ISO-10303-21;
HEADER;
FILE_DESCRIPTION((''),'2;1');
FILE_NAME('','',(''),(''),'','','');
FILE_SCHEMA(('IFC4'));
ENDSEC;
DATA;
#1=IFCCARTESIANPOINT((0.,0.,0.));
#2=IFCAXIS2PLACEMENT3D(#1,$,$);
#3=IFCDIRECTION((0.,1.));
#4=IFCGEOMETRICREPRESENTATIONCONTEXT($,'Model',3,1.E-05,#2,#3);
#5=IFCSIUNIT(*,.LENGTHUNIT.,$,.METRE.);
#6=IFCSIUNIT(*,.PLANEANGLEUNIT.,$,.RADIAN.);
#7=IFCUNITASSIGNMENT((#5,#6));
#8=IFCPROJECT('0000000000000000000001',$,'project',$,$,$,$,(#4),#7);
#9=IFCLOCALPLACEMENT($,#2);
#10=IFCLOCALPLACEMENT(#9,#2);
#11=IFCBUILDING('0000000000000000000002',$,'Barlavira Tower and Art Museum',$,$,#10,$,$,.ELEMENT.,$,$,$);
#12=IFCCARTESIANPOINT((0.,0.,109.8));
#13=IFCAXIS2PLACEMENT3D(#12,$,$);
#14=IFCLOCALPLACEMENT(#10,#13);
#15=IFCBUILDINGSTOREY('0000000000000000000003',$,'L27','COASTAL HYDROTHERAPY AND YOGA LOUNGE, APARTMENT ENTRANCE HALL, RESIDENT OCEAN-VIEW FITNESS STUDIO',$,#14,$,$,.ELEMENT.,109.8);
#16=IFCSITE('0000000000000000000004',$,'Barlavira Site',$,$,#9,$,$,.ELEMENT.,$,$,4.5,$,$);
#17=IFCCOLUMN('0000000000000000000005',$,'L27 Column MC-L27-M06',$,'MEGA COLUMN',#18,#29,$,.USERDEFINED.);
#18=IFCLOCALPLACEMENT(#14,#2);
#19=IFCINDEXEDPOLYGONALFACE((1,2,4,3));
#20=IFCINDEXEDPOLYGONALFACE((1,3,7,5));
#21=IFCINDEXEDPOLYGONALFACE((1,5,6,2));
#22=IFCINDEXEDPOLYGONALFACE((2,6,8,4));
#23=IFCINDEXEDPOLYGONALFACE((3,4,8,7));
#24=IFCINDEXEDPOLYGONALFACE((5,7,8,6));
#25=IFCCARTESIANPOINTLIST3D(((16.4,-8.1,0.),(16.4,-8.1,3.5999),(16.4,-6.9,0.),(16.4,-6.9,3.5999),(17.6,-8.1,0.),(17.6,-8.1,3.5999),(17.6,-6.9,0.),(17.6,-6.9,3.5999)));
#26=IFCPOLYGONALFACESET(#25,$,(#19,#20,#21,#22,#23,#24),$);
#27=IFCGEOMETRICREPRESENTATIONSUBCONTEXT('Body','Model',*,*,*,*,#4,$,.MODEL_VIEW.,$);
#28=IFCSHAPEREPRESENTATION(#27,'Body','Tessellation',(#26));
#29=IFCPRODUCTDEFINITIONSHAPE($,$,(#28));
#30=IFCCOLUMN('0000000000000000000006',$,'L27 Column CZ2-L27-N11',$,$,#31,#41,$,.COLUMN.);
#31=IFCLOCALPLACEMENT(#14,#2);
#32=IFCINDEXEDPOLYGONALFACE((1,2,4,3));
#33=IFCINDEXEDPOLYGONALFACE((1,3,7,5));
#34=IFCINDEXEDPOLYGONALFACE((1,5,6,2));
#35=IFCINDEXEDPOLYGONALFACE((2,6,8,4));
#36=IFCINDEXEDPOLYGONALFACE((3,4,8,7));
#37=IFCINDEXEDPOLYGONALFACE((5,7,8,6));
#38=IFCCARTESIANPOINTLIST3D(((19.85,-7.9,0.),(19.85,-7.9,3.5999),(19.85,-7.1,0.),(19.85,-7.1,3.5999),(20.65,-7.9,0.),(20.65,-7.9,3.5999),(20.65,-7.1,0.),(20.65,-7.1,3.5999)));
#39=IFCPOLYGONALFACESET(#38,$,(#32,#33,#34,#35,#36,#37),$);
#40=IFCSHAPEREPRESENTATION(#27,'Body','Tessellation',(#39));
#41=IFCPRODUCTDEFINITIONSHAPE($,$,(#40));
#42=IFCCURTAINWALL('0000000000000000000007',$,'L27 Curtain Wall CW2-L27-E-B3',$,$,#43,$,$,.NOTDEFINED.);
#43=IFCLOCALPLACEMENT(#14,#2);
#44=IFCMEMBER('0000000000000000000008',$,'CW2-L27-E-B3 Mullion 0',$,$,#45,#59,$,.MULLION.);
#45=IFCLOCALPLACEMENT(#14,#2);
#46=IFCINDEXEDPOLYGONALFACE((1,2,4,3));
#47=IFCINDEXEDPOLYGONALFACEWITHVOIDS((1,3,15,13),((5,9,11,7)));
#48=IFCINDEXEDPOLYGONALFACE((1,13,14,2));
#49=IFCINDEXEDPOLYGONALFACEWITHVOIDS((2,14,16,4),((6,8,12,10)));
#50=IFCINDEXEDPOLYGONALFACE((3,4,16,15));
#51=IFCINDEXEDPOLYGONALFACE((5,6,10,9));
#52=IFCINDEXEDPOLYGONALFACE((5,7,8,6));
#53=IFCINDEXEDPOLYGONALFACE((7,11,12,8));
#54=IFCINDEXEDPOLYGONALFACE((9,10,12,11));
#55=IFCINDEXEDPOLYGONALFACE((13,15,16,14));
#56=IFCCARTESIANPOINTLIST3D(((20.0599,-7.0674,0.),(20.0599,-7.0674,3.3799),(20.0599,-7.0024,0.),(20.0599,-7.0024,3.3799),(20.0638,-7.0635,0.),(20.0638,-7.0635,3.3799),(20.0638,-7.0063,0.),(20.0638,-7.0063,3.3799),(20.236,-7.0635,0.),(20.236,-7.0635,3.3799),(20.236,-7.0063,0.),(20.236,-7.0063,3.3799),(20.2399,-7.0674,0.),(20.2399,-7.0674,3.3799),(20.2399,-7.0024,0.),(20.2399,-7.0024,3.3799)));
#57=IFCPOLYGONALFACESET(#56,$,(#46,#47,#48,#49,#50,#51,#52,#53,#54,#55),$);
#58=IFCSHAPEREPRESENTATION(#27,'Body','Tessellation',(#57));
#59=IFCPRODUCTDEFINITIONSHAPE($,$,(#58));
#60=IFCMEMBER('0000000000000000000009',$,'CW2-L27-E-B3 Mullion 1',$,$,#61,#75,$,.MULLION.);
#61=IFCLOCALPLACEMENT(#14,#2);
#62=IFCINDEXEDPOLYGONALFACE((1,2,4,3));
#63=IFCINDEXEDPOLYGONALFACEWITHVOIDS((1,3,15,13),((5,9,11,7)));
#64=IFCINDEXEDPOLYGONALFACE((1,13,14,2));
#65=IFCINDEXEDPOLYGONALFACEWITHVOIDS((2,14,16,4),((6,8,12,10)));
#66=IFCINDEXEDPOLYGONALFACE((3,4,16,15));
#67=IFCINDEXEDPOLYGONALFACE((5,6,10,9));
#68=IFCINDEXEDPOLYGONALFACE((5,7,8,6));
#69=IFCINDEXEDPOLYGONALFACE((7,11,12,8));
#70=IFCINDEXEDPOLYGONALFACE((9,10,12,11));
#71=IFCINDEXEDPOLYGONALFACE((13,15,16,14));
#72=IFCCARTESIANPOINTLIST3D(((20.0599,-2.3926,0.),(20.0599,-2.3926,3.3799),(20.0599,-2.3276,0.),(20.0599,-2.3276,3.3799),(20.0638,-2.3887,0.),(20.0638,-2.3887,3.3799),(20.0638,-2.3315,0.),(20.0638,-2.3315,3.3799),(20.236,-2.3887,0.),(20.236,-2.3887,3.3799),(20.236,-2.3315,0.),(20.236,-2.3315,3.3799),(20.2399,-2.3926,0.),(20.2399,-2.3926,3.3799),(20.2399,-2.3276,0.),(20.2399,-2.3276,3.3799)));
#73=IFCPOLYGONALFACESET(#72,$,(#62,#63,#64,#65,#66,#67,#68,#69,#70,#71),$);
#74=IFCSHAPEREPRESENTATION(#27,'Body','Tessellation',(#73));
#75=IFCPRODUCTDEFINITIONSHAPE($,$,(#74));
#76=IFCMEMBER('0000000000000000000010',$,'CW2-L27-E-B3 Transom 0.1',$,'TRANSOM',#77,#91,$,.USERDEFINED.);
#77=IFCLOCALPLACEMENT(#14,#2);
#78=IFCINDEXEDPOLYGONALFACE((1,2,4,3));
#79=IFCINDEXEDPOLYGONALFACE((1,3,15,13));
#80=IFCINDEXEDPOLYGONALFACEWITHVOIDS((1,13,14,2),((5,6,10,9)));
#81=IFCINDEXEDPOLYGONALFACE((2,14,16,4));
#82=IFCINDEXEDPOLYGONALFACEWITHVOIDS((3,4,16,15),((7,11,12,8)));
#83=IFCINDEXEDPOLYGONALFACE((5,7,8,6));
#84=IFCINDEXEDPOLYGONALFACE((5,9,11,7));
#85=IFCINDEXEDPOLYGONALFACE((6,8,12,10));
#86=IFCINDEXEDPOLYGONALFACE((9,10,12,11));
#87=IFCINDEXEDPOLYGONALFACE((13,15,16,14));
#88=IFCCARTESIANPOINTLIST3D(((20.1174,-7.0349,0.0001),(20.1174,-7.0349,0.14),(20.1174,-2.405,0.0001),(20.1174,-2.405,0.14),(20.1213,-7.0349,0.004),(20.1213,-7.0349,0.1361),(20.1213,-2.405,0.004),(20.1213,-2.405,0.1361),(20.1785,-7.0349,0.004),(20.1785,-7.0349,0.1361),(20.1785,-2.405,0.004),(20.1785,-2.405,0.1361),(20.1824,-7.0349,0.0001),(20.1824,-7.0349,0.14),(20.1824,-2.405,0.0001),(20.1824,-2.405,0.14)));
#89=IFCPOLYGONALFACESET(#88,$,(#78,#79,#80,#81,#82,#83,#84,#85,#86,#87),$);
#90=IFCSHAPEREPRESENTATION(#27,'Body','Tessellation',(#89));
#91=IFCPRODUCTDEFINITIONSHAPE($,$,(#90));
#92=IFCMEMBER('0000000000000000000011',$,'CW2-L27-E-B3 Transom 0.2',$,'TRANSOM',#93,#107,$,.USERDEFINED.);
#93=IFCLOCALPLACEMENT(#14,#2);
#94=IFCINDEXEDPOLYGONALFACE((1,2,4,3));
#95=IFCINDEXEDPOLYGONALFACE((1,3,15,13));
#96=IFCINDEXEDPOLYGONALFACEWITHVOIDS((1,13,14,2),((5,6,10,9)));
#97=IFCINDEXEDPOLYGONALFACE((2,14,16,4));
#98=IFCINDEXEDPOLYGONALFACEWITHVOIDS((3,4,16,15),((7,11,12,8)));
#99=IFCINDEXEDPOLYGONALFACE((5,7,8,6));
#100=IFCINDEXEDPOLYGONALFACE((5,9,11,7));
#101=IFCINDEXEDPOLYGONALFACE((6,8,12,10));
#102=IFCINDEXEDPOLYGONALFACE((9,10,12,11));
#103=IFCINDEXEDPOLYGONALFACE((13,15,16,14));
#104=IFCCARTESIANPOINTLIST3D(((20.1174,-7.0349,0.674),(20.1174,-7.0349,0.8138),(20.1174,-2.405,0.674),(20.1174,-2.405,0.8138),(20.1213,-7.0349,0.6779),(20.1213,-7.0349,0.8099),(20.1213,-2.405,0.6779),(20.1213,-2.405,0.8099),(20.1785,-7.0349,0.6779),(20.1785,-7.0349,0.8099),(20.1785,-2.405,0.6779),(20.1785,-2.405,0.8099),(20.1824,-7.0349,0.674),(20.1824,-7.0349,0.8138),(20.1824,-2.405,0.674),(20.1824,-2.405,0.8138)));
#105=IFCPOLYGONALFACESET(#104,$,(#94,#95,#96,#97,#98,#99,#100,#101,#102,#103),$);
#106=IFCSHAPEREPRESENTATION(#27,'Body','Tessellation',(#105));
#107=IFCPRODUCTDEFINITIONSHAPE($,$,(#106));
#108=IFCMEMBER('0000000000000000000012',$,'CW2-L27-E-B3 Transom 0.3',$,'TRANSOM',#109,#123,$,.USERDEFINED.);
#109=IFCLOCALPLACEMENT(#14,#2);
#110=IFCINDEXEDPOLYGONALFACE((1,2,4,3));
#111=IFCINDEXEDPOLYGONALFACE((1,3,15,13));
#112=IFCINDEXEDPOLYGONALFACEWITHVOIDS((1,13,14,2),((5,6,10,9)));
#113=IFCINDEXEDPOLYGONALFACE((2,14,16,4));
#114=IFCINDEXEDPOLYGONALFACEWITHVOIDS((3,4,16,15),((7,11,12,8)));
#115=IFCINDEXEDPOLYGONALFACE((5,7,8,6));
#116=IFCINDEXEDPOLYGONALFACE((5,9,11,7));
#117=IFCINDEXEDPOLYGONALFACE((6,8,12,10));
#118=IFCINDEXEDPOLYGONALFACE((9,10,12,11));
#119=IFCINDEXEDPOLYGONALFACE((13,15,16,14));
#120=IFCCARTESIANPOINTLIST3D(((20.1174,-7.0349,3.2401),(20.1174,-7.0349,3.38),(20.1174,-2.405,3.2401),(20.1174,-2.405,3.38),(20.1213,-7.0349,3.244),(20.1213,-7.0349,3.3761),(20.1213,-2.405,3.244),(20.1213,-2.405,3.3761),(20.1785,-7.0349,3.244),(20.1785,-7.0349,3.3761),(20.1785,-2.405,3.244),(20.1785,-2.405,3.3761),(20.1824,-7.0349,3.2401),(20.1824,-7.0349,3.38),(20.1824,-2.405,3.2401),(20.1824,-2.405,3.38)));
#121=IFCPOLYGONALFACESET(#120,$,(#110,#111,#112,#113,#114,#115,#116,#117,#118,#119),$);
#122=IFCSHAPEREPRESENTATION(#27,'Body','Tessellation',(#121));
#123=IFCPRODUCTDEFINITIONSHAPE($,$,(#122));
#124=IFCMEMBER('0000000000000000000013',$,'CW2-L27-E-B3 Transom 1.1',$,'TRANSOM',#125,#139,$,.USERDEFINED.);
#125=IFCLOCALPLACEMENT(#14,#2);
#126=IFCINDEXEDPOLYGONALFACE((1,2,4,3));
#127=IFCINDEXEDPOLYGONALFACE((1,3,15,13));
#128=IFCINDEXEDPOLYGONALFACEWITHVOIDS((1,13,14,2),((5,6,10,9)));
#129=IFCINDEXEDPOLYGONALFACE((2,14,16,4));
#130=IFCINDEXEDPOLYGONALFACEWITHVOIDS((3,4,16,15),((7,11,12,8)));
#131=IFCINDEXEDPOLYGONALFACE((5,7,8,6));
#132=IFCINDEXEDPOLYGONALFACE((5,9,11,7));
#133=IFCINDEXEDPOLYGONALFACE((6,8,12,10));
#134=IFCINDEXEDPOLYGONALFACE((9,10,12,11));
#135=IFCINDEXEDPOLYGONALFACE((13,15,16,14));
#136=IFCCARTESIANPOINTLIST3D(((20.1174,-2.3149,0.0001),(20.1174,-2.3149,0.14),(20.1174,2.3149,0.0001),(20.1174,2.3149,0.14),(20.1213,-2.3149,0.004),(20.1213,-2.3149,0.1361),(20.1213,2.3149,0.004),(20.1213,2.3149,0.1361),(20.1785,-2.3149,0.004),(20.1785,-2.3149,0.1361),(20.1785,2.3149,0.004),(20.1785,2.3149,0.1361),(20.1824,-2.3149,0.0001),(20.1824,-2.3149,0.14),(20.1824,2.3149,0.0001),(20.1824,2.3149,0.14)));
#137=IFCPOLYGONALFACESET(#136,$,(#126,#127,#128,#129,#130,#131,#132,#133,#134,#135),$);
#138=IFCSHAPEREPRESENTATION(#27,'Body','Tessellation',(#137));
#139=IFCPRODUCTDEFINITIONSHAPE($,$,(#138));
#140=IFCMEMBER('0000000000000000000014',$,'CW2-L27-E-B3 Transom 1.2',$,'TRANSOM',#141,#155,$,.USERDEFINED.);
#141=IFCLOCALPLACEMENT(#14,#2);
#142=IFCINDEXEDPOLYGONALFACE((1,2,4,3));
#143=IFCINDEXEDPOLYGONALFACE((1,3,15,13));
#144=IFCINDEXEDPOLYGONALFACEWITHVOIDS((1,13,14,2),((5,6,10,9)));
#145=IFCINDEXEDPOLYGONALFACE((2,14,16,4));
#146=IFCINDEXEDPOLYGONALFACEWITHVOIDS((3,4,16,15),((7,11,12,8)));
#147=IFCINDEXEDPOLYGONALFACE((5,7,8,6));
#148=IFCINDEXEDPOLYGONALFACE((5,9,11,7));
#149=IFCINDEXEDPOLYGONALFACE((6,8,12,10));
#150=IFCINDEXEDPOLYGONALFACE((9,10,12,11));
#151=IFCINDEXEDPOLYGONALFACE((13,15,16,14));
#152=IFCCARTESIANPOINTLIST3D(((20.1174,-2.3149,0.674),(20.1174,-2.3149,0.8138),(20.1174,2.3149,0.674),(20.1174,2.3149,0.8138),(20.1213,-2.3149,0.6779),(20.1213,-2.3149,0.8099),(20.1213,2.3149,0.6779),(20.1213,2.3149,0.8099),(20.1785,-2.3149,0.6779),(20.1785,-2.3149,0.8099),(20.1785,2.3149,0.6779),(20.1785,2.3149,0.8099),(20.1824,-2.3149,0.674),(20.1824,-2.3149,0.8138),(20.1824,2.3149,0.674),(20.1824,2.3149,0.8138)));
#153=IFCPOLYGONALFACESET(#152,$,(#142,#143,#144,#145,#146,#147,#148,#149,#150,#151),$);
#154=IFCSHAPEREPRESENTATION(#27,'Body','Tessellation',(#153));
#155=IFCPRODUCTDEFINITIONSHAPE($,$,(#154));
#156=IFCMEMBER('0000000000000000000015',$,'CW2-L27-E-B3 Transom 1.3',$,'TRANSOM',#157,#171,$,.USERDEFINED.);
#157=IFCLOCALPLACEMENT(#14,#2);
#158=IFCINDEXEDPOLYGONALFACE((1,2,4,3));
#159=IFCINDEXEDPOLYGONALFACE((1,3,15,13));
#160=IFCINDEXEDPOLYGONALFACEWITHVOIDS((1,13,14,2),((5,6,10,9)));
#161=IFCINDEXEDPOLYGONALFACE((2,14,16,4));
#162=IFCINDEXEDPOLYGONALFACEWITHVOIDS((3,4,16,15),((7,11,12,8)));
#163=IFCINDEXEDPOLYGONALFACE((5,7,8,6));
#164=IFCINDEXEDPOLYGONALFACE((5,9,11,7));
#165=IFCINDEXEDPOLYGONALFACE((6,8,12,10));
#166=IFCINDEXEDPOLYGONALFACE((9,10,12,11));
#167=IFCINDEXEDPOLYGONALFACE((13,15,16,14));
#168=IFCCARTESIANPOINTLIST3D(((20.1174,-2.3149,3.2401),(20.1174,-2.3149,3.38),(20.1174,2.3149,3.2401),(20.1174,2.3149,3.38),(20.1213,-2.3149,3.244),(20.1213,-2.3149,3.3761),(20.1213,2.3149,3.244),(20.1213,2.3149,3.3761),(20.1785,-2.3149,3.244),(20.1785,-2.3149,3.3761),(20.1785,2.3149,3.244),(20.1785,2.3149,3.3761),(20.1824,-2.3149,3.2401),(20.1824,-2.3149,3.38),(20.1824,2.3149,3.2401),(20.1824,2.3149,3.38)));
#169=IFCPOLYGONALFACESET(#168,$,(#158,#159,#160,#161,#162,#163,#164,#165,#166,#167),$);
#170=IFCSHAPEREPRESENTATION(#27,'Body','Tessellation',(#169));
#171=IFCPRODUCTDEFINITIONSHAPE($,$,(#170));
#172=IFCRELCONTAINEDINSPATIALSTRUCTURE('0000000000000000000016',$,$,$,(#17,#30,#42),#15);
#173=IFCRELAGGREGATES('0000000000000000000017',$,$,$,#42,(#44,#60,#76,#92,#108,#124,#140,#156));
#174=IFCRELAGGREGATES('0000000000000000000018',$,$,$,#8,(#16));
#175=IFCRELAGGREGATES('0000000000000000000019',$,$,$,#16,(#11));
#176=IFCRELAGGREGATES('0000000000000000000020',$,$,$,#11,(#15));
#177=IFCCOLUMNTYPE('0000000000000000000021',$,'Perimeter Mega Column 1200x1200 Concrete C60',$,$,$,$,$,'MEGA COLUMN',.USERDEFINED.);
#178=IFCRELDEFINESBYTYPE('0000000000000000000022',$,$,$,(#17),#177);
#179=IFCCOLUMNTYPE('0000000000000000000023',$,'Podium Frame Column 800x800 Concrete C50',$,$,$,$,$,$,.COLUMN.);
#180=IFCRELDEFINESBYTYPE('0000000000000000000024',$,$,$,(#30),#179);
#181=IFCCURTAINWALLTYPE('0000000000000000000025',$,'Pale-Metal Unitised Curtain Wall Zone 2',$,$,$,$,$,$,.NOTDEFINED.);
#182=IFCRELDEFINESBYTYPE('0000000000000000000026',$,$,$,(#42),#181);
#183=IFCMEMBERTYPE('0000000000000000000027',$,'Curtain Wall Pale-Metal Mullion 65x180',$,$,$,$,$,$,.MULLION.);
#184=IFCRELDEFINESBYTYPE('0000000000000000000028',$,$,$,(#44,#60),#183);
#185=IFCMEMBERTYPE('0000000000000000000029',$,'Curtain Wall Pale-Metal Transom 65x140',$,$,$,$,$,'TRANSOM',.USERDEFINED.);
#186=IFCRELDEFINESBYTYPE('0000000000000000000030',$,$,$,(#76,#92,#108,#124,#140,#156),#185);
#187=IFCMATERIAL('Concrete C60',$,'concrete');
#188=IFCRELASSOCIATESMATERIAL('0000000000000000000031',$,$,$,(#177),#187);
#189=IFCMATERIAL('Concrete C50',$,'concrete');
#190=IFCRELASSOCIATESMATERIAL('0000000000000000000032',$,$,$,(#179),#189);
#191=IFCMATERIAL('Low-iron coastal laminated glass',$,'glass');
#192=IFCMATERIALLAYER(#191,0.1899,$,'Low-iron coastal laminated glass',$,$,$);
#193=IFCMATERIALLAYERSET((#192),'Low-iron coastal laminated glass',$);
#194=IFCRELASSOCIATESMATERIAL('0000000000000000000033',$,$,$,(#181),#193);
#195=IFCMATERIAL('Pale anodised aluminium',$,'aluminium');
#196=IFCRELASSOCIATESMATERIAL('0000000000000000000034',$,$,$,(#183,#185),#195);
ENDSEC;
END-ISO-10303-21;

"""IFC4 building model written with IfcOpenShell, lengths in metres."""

from ifc_helpers import new_model, si_unit, direction, frame, origin, origin_2d, place, context, subcontext, project, spatial, rectangle, hollow_rectangle, extrude, material, layer, layer_set, material_profile, profile_set, type_object, element, aggregate, save


model = new_model("IFC4")

# Units and contexts
model_context = context("Model", 3, precision=1e-05, world=origin(), true_north=direction((0.0, 1.0)))
body_context = subcontext(model_context, "Body", "Model", "MODEL_VIEW")
ifc_project = project(units=[si_unit("LENGTHUNIT", "METRE"), si_unit("PLANEANGLEUNIT", "RADIAN")], contexts=[model_context])

# Site, building, storey
site_placement = place(None, origin())
site = spatial("IfcSite", under=ifc_project, at=site_placement, Name="Barlavira Site", CompositionType="ELEMENT", RefElevation=4.5)
building_placement = place(site_placement, origin())
building = spatial("IfcBuilding", under=site, at=building_placement, Name="Barlavira Tower and Art Museum", CompositionType="ELEMENT")
storey_placement = place(building_placement, frame((0.0, 0.0, 109.8)))
storey = spatial("IfcBuildingStorey", under=building, at=storey_placement, Name="L27", Description="COASTAL HYDROTHERAPY AND YOGA LOUNGE, APARTMENT ENTRANCE HALL, RESIDENT OCEAN-VIEW FITNESS STUDIO", CompositionType="ELEMENT", Elevation=109.8)

# Columns
ifc_material_1 = material(Name="Concrete C60", Category="concrete")
ifc_material_profile_1 = material_profile(ifc_material_1, rectangle(XDim=1.2, YDim=1.2, at=origin_2d()), Name="RC-COL 1200x1200")
ifc_profile_set_1 = profile_set([ifc_material_profile_1], Name="Concrete C60")
column_type_1 = type_object("IfcColumnType", Name="Perimeter Mega Column 1200x1200 Concrete C60", ElementType="MEGA COLUMN", PredefinedType="USERDEFINED", material=ifc_profile_set_1)
column_1_placement = place(storey_placement, frame((17.0, -7.5, 0.0), z_axis=(0.0, 0.0, 1.0), x_axis=(1.0, 0.0, 0.0)))
element("IfcColumn", 1, at=column_1_placement, inside=storey, type_object=column_type_1, Name="L27 Column MC-L27-M06", ObjectType="MEGA COLUMN", PredefinedType="USERDEFINED", context=body_context, shape_type="SweptSolid", body=[
    extrude(rectangle(XDim=1.2, YDim=1.2, at=origin_2d()), origin(), (0.0, 0.0, 1.0), 3.5999),
])
ifc_material_2 = material(Name="Concrete C50", Category="concrete")
ifc_material_profile_2 = material_profile(ifc_material_2, rectangle(XDim=0.8, YDim=0.8, at=origin_2d()), Name="RC-COL 800x800")
ifc_profile_set_2 = profile_set([ifc_material_profile_2], Name="Concrete C50")
column_type_2 = type_object("IfcColumnType", Name="Podium Frame Column 800x800 Concrete C50", PredefinedType="COLUMN", material=ifc_profile_set_2)
column_2_placement = place(storey_placement, frame((20.25, -7.5, 0.0), z_axis=(0.0, 0.0, 1.0), x_axis=(1.0, 0.0, 0.0)))
element("IfcColumn", 2, at=column_2_placement, inside=storey, type_object=column_type_2, Name="L27 Column CZ2-L27-N11", PredefinedType="COLUMN", context=body_context, shape_type="SweptSolid", body=[
    extrude(rectangle(XDim=0.8, YDim=0.8, at=origin_2d()), origin(), (0.0, 0.0, 1.0), 3.5999),
])

# Curtain wall, members
ifc_material_3 = material(Name="Low-iron coastal laminated glass", Category="glass")
ifc_layer_1 = layer(ifc_material_3, 0.1899, Name="Low-iron coastal laminated glass")
ifc_layer_set_1 = layer_set([ifc_layer_1], Name="Low-iron coastal laminated glass")
curtain_wall_type = type_object("IfcCurtainWallType", Name="Pale-Metal Unitised Curtain Wall Zone 2", PredefinedType="NOTDEFINED", material=ifc_layer_set_1)
curtain_wall_placement = place(storey_placement, origin())
curtain_wall = element("IfcCurtainWall", 3, at=curtain_wall_placement, inside=storey, type_object=curtain_wall_type, Name="L27 Curtain Wall CW2-L27-E-B3", PredefinedType="NOTDEFINED")
ifc_material_4 = material(Name="Pale anodised aluminium", Category="aluminium")
ifc_material_profile_3 = material_profile(ifc_material_4, hollow_rectangle(XDim=0.0649, YDim=0.1799, WallThickness=0.0039, at=origin_2d()), Name="ALU-MULL 65x180x4")
ifc_profile_set_3 = profile_set([ifc_material_profile_3], Name="Pale anodised aluminium")
member_type_1 = type_object("IfcMemberType", Name="Curtain Wall Pale-Metal Mullion 65x180", PredefinedType="MULLION", material=ifc_profile_set_3)
member_1_placement = place(storey_placement, frame((20.1499, -7.0349, 0.0), z_axis=(0.0, 0.0, 1.0), x_axis=(0.0, 1.0, 0.0)))
member_1 = element("IfcMember", 4, at=member_1_placement, type_object=member_type_1, Name="CW2-L27-E-B3 Mullion 0", PredefinedType="MULLION", context=body_context, shape_type="SweptSolid", body=[
    extrude(hollow_rectangle(XDim=0.0649, YDim=0.1799, WallThickness=0.0039, at=origin_2d()), origin(), (0.0, 0.0, 1.0), 3.3799),
])
member_2_placement = place(storey_placement, frame((20.1499, -2.3601, 0.0), z_axis=(0.0, 0.0, 1.0), x_axis=(0.0, 1.0, 0.0)))
member_2 = element("IfcMember", 5, at=member_2_placement, type_object=member_type_1, Name="CW2-L27-E-B3 Mullion 1", PredefinedType="MULLION", context=body_context, shape_type="SweptSolid", body=[
    extrude(hollow_rectangle(XDim=0.0649, YDim=0.1799, WallThickness=0.0039, at=origin_2d()), origin(), (0.0, 0.0, 1.0), 3.3799),
])
ifc_material_profile_4 = material_profile(ifc_material_4, hollow_rectangle(XDim=0.0649, YDim=0.1399, WallThickness=0.0039, at=origin_2d()), Name="ALU-TRAN 65x140x4")
ifc_profile_set_4 = profile_set([ifc_material_profile_4], Name="Pale anodised aluminium")
member_type_2 = type_object("IfcMemberType", Name="Curtain Wall Pale-Metal Transom 65x140", ElementType="TRANSOM", PredefinedType="USERDEFINED", material=ifc_profile_set_4)
member_3_placement = place(storey_placement, frame((20.1499, -7.0349, 0.0701), z_axis=(0.0, 1.0, 0.0), x_axis=(-1.0, 0.0, 0.0)))
member_3 = element("IfcMember", 6, at=member_3_placement, type_object=member_type_2, Name="CW2-L27-E-B3 Transom 0.1", ObjectType="TRANSOM", PredefinedType="USERDEFINED", context=body_context, shape_type="SweptSolid", body=[
    extrude(hollow_rectangle(XDim=0.0649, YDim=0.1399, WallThickness=0.0039, at=origin_2d()), origin(), (0.0, 0.0, 1.0), 4.6299),
])
member_4_placement = place(storey_placement, frame((20.1499, -7.0349, 0.7439), z_axis=(0.0, 1.0, 0.0), x_axis=(-1.0, 0.0, 0.0)))
member_4 = element("IfcMember", 7, at=member_4_placement, type_object=member_type_2, Name="CW2-L27-E-B3 Transom 0.2", ObjectType="TRANSOM", PredefinedType="USERDEFINED", context=body_context, shape_type="SweptSolid", body=[
    extrude(hollow_rectangle(XDim=0.0649, YDim=0.1399, WallThickness=0.0039, at=origin_2d()), origin(), (0.0, 0.0, 1.0), 4.6299),
])
member_5_placement = place(storey_placement, frame((20.1499, -7.0349, 3.3101), z_axis=(0.0, 1.0, 0.0), x_axis=(-1.0, 0.0, 0.0)))
member_5 = element("IfcMember", 8, at=member_5_placement, type_object=member_type_2, Name="CW2-L27-E-B3 Transom 0.3", ObjectType="TRANSOM", PredefinedType="USERDEFINED", context=body_context, shape_type="SweptSolid", body=[
    extrude(hollow_rectangle(XDim=0.0649, YDim=0.1399, WallThickness=0.0039, at=origin_2d()), origin(), (0.0, 0.0, 1.0), 4.6299),
])
member_6_placement = place(storey_placement, frame((20.1499, -2.3149, 0.0701), z_axis=(0.0, 1.0, 0.0), x_axis=(-1.0, 0.0, 0.0)))
member_6 = element("IfcMember", 9, at=member_6_placement, type_object=member_type_2, Name="CW2-L27-E-B3 Transom 1.1", ObjectType="TRANSOM", PredefinedType="USERDEFINED", context=body_context, shape_type="SweptSolid", body=[
    extrude(hollow_rectangle(XDim=0.0649, YDim=0.1399, WallThickness=0.0039, at=origin_2d()), origin(), (0.0, 0.0, 1.0), 4.6299),
])
member_7_placement = place(storey_placement, frame((20.1499, -2.3149, 0.7439), z_axis=(0.0, 1.0, 0.0), x_axis=(-1.0, 0.0, 0.0)))
member_7 = element("IfcMember", 10, at=member_7_placement, type_object=member_type_2, Name="CW2-L27-E-B3 Transom 1.2", ObjectType="TRANSOM", PredefinedType="USERDEFINED", context=body_context, shape_type="SweptSolid", body=[
    extrude(hollow_rectangle(XDim=0.0649, YDim=0.1399, WallThickness=0.0039, at=origin_2d()), origin(), (0.0, 0.0, 1.0), 4.6299),
])
member_8_placement = place(storey_placement, frame((20.1499, -2.3149, 3.3101), z_axis=(0.0, 1.0, 0.0), x_axis=(-1.0, 0.0, 0.0)))
member_8 = element("IfcMember", 11, at=member_8_placement, type_object=member_type_2, Name="CW2-L27-E-B3 Transom 1.3", ObjectType="TRANSOM", PredefinedType="USERDEFINED", context=body_context, shape_type="SweptSolid", body=[
    extrude(hollow_rectangle(XDim=0.0649, YDim=0.1399, WallThickness=0.0039, at=origin_2d()), origin(), (0.0, 0.0, 1.0), 4.6299),
])

aggregate(curtain_wall, [member_1, member_2, member_3, member_4, member_5, member_6, member_7, member_8])

save(model, "model.ifc")
